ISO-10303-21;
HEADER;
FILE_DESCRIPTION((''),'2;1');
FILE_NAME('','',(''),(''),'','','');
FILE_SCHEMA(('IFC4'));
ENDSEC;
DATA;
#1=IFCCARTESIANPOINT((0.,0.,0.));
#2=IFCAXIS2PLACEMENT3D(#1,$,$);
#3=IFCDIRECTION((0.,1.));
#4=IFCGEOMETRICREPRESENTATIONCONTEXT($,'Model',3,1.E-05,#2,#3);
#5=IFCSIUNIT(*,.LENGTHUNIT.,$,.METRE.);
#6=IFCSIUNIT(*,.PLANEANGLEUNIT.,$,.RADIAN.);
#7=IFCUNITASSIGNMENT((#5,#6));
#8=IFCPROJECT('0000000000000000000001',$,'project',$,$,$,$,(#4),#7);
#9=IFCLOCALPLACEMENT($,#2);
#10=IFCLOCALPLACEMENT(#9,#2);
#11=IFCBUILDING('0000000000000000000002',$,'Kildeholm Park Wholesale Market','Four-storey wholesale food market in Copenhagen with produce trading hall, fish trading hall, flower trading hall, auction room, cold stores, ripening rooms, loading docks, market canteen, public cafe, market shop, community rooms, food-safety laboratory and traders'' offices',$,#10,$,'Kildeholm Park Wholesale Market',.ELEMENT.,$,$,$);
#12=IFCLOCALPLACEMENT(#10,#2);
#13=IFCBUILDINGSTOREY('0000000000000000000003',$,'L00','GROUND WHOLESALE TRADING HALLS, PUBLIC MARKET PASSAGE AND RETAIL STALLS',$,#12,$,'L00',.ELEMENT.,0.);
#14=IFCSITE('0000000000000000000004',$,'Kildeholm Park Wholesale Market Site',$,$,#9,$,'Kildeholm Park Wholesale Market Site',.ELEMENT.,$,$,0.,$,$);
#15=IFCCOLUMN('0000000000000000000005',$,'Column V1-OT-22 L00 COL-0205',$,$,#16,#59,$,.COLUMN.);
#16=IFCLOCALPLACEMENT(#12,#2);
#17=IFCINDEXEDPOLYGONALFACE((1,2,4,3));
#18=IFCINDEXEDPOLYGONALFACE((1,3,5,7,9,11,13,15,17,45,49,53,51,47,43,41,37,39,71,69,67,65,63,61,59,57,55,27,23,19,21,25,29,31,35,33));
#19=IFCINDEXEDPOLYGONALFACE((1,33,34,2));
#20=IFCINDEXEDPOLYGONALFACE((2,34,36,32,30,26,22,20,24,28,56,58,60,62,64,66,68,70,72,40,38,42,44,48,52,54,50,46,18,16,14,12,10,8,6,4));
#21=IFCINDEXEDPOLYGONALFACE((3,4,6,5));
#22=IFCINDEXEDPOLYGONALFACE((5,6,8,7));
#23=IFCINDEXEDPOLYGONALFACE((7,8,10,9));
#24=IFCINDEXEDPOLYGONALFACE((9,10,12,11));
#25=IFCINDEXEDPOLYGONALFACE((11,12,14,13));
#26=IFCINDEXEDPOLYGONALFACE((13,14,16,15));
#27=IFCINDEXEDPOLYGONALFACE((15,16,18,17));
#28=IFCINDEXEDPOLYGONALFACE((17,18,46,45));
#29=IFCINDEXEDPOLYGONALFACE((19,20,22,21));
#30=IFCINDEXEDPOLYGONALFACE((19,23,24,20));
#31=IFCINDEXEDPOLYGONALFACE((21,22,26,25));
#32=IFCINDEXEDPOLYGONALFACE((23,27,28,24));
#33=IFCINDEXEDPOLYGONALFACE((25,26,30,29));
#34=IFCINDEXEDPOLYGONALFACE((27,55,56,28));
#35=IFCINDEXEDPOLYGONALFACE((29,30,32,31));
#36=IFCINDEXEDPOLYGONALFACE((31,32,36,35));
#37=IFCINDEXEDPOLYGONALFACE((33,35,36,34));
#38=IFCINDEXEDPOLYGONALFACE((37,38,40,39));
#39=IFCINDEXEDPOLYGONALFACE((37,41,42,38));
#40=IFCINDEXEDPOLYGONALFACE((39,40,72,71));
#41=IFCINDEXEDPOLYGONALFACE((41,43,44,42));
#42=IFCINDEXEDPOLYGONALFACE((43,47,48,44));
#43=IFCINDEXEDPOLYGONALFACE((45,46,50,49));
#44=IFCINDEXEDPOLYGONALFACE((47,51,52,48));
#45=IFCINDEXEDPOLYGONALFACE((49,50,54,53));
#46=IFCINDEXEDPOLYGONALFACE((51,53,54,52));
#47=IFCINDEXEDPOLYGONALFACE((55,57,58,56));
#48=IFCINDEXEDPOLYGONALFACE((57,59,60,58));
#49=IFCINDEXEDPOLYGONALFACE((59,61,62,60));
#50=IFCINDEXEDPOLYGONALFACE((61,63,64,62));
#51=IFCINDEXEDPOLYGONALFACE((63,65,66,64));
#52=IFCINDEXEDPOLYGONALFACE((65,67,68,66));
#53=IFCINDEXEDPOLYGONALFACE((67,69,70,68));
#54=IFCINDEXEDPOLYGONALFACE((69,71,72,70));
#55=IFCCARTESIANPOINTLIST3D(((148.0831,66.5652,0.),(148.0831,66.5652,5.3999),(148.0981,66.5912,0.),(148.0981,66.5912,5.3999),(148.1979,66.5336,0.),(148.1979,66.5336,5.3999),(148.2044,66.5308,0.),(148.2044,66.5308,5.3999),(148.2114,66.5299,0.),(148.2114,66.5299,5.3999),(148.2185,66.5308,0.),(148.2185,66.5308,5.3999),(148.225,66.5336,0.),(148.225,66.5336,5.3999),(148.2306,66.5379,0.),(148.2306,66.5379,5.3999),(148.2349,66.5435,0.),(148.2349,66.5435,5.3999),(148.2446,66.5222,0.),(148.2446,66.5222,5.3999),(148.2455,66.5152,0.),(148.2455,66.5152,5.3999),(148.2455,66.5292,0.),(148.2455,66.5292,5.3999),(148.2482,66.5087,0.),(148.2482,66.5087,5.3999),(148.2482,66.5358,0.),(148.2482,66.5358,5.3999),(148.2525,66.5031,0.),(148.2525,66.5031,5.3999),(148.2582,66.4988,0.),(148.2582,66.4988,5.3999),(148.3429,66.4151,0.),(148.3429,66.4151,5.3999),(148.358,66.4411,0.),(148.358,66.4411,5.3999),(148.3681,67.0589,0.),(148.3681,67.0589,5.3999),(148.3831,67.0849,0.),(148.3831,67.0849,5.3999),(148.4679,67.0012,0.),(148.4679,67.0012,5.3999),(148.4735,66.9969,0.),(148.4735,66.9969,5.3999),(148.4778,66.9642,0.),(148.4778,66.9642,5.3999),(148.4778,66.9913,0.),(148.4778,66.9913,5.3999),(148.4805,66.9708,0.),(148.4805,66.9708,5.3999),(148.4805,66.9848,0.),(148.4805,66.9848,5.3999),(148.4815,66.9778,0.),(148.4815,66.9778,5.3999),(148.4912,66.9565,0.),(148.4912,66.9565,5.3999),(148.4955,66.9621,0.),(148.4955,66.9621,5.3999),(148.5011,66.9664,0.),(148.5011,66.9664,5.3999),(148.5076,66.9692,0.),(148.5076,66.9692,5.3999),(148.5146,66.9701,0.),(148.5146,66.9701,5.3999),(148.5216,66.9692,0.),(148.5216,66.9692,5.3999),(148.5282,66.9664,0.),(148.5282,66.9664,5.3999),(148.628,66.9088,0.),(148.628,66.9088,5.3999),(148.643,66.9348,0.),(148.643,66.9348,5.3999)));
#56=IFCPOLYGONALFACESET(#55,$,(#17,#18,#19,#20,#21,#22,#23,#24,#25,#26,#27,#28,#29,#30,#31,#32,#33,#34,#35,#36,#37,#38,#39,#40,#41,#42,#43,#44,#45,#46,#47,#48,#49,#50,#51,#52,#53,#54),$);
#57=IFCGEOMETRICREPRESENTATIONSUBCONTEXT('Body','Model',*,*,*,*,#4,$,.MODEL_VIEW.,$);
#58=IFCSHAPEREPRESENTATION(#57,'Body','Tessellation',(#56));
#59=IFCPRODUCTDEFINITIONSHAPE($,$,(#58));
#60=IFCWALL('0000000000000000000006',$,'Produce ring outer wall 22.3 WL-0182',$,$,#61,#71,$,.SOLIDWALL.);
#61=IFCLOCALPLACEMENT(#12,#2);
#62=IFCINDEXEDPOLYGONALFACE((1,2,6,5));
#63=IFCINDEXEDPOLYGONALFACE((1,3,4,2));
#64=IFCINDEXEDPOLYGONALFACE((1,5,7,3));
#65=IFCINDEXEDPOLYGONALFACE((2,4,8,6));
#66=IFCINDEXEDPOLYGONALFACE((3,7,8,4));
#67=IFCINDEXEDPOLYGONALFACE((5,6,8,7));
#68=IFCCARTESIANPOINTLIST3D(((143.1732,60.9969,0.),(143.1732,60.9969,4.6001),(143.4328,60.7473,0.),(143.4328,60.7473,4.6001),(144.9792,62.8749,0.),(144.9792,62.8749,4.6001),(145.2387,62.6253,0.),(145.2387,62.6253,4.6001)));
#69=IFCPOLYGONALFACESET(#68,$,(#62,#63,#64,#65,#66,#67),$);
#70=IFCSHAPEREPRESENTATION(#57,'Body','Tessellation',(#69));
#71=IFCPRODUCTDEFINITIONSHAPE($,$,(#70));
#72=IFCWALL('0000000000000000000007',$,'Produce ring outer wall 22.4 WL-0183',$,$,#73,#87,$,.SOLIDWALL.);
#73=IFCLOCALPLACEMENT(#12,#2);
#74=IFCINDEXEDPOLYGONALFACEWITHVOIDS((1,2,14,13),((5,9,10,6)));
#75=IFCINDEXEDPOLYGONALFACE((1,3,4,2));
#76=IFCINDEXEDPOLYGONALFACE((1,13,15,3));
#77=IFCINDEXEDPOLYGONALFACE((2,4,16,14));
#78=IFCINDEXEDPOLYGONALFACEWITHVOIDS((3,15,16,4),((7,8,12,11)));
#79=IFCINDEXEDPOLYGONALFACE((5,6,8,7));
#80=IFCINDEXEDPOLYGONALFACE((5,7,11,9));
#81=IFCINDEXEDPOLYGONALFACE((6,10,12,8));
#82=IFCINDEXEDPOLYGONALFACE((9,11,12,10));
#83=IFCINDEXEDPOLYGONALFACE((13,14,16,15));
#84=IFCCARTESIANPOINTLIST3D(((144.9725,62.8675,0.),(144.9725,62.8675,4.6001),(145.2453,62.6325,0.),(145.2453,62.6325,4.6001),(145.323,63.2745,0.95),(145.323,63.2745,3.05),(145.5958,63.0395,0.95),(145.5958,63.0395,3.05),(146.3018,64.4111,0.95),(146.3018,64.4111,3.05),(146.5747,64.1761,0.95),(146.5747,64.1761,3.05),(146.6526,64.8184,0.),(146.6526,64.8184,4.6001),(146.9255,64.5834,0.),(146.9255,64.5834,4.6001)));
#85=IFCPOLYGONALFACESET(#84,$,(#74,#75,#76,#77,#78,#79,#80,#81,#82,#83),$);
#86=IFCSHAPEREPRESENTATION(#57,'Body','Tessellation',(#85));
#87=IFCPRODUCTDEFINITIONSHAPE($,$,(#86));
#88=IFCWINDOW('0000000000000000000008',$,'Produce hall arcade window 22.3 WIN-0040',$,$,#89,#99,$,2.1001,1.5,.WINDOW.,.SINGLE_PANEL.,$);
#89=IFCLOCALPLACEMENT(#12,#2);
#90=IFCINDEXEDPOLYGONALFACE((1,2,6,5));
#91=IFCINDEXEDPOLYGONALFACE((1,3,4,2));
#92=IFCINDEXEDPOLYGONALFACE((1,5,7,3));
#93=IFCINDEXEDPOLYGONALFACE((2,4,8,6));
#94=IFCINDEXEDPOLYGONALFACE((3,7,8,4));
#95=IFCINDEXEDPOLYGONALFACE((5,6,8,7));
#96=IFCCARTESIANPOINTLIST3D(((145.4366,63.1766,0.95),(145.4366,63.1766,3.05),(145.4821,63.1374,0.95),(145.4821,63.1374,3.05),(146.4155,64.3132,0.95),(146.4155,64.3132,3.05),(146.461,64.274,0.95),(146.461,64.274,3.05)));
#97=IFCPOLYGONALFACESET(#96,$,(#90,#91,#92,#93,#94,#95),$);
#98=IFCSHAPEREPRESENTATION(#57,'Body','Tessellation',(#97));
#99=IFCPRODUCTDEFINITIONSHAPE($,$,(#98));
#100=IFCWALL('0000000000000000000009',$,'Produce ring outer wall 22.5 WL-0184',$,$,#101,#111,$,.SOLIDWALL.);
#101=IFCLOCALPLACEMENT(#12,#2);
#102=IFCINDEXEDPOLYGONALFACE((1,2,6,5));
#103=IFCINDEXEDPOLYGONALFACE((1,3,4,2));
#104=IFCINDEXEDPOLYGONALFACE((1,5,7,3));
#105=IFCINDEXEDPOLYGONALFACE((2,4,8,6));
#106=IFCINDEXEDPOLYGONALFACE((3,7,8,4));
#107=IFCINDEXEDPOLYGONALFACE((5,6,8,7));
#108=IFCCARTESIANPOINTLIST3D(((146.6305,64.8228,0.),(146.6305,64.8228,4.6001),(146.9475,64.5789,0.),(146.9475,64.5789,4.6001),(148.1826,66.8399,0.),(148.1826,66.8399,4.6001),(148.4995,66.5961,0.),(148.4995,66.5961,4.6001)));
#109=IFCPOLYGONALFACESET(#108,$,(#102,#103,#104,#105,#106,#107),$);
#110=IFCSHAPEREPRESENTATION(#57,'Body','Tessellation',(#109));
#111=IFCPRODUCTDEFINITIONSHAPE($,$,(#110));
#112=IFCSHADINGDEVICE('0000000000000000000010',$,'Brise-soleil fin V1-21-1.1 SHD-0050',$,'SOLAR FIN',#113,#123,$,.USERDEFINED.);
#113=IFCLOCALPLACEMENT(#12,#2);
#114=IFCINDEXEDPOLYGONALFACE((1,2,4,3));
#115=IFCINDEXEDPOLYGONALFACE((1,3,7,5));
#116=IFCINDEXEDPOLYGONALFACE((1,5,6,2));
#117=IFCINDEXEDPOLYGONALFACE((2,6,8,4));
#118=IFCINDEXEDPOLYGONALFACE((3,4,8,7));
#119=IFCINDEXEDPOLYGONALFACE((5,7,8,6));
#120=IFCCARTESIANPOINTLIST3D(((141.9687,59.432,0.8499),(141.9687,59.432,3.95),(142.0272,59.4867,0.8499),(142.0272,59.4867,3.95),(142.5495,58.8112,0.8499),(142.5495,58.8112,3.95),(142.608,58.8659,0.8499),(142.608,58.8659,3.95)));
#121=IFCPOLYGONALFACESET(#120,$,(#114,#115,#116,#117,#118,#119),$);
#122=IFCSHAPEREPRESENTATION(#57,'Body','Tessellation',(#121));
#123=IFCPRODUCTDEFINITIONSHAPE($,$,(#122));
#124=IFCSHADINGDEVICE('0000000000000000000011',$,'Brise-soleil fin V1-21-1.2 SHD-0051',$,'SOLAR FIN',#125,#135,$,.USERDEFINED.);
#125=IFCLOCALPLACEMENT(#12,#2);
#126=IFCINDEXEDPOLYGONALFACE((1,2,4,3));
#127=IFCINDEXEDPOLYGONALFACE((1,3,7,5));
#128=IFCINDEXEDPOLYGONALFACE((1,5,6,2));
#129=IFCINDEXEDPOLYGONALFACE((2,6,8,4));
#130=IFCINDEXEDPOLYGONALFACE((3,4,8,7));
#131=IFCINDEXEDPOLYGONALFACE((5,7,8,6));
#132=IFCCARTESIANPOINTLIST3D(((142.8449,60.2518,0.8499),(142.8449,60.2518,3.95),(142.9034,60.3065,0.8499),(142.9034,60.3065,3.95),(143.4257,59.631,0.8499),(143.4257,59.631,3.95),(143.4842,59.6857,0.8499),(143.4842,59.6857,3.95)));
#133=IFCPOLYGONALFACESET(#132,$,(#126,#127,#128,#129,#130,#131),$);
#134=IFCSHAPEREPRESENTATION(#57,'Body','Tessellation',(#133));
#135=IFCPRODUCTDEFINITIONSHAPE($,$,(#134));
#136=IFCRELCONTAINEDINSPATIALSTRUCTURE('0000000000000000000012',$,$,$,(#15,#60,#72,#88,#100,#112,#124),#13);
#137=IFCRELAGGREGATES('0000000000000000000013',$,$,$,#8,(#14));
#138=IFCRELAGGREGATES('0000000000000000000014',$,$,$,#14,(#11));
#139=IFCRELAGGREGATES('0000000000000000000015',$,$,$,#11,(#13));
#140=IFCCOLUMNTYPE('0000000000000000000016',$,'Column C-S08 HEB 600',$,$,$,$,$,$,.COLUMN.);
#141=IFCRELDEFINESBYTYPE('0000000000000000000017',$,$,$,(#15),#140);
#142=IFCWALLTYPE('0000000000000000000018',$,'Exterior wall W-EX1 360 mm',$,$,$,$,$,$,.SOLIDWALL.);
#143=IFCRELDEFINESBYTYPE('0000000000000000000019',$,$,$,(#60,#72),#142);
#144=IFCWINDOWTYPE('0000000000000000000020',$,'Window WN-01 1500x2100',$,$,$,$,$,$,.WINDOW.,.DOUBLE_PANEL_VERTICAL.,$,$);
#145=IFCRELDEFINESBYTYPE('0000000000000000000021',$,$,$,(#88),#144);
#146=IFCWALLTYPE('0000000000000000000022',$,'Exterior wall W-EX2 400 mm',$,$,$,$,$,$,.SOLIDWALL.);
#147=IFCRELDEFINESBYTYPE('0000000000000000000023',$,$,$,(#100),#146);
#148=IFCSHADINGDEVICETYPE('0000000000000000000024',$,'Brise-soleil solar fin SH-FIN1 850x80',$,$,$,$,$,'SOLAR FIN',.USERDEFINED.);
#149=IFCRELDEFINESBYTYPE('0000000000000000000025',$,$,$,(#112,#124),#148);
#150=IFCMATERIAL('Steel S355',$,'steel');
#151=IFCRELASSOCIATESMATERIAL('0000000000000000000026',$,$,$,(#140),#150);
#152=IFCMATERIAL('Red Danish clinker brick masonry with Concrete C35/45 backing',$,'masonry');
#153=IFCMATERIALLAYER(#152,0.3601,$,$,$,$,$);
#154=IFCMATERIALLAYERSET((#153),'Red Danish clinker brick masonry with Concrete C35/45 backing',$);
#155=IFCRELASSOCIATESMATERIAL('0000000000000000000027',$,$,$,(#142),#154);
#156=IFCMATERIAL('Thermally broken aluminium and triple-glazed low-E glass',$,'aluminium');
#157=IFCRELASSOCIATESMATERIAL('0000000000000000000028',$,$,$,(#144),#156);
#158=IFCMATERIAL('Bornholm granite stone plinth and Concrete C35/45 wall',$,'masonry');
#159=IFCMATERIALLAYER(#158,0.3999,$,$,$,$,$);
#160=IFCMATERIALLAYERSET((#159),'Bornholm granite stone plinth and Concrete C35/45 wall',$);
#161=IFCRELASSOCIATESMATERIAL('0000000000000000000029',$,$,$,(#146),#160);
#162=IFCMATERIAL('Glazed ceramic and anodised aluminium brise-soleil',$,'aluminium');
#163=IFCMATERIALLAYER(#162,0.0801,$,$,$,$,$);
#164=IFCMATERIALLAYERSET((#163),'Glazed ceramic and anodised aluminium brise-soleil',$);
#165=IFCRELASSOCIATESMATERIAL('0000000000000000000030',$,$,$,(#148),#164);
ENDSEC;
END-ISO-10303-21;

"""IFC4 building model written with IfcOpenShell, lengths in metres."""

from ifc_helpers import new_model, si_unit, direction, frame, frame_2d, origin, origin_2d, place, context, subcontext, project, spatial, rectangle, i_section, extrude, material, layer, layer_set, material_profile, profile_set, type_object, element, fill, save


model = new_model("IFC4")

# Units and contexts
model_context = context("Model", 3, precision=1e-05, world=origin(), true_north=direction((0.0, 1.0)))
body_context = subcontext(model_context, "Body", "Model", "MODEL_VIEW")
ifc_project = project(units=[si_unit("LENGTHUNIT", "METRE"), si_unit("PLANEANGLEUNIT", "RADIAN")], contexts=[model_context])

# Site, building, storey
site_placement = place(None, origin())
site = spatial("IfcSite", under=ifc_project, at=site_placement, Name="Kildeholm Park Wholesale Market Site", LongName="Kildeholm Park Wholesale Market Site", CompositionType="ELEMENT", RefElevation=0.0)
building_placement = place(site_placement, origin())
building = spatial("IfcBuilding", under=site, at=building_placement, Name="Kildeholm Park Wholesale Market", Description="Four-storey wholesale food market in Copenhagen with produce trading hall, fish trading hall, flower trading hall, auction room, cold stores, ripening rooms, loading docks, market canteen, public cafe, market shop, community rooms, food-safety laboratory and traders' offices", LongName="Kildeholm Park Wholesale Market", CompositionType="ELEMENT")
storey_placement = place(building_placement, origin())
storey = spatial("IfcBuildingStorey", under=building, at=storey_placement, Name="L00", Description="GROUND WHOLESALE TRADING HALLS, PUBLIC MARKET PASSAGE AND RETAIL STALLS", LongName="L00", CompositionType="ELEMENT", Elevation=0.0)

# Column
ifc_material_1 = material(Name="Steel S355", Category="steel")
ifc_material_profile_1 = material_profile(ifc_material_1, i_section(OverallWidth=0.3, OverallDepth=0.6001, WebThickness=0.0154, FlangeThickness=0.03, FilletRadius=0.0271, at=origin_2d()), Name="HEB 600")
ifc_profile_set_1 = profile_set([ifc_material_profile_1], Name="Steel S355")
column_type = type_object("IfcColumnType", Name="Column C-S08 HEB 600", PredefinedType="COLUMN", material=ifc_profile_set_1)
for number, where, z_axis, x_axis, name in (
    (1, (148.363, 66.75, 0.0), (0.0, 0.0, 1.0), (0.866025, -0.5, 0.0), "Column V1-OT-22 L00 COL-0205"),
):
    element("IfcColumn", number, at=place(storey_placement, frame(where, z_axis=z_axis, x_axis=x_axis)), inside=storey, type_object=column_type, Name=name, PredefinedType="COLUMN", context=body_context, shape_type="SweptSolid", body=[
        extrude(i_section(OverallWidth=0.3, OverallDepth=0.6001, WebThickness=0.0154, FlangeThickness=0.03, FilletRadius=0.0271, at=origin_2d()), origin(), (0.0, 0.0, 1.0), 5.3999),
    ])

# Wall
ifc_material_2 = material(Name="Red Danish clinker brick masonry with Concrete C35/45 backing", Category="masonry")
ifc_layer_1 = layer(ifc_material_2, 0.3601)
ifc_layer_set_1 = layer_set([ifc_layer_1], Name="Red Danish clinker brick masonry with Concrete C35/45 backing")
wall_type_1 = type_object("IfcWallType", Name="Exterior wall W-EX1 360 mm", PredefinedType="SOLIDWALL", material=ifc_layer_set_1)
wall_1_placement = place(storey_placement, frame((143.303, 60.8721, 0.0), z_axis=(0.0, 0.0, 1.0), x_axis=(0.69315, 0.720793, 0.0)))
element("IfcWall", 2, at=wall_1_placement, inside=storey, type_object=wall_type_1, Name="Produce ring outer wall 22.3 WL-0182", PredefinedType="SOLIDWALL", context=body_context, shape_type="SweptSolid", body=[
    extrude(rectangle(XDim=2.6055, YDim=0.3601, at=frame_2d((1.3027, 0.0))), origin(), (0.0, 0.0, 1.0), 4.6001),
])

# Wall, opening, window
wall_2_placement = place(storey_placement, frame((145.1089, 62.75, 0.0), z_axis=(0.0, 0.0, 1.0), x_axis=(0.65257, 0.757728, 0.0)))
wall_2 = element("IfcWall", 3, at=wall_2_placement, inside=storey, type_object=wall_type_1, Name="Produce ring outer wall 22.4 WL-0183", PredefinedType="SOLIDWALL", context=body_context, shape_type="SweptSolid", body=[
    extrude(rectangle(XDim=2.5747, YDim=0.3601, at=frame_2d((1.2874, 0.0))), origin(), (0.0, 0.0, 1.0), 4.6001),
])
opening_placement = place(wall_2_placement, frame((0.5371, 0.0, 0.95)))
opening = element("IfcOpeningElement", 4, at=opening_placement, cuts=wall_2, PredefinedType="OPENING", context=body_context, shape_type="SweptSolid", body=[
    extrude(rectangle(XDim=1.5, YDim=2.1001, at=frame_2d((0.75, 1.05))), frame((0.0, 0.1899, 0.0), z_axis=(0.0, -1.0, 0.0), x_axis=(1.0, 0.0, 0.0)), (0.0, 0.0, 1.0), 0.3801),
])
ifc_material_3 = material(Name="Thermally broken aluminium and triple-glazed low-E glass", Category="aluminium")
window_type = type_object("IfcWindowType", Name="Window WN-01 1500x2100", PartitioningType="DOUBLE_PANEL_VERTICAL", PredefinedType="WINDOW", material=ifc_material_3)
window_placement = place(opening_placement, origin())
window = element("IfcWindow", 5, at=window_placement, inside=storey, type_object=window_type, Name="Produce hall arcade window 22.3 WIN-0040", OverallHeight=2.1001, OverallWidth=1.5, PartitioningType="SINGLE_PANEL", PredefinedType="WINDOW", context=body_context, shape_type="SweptSolid", body=[
    extrude(rectangle(XDim=1.5, YDim=2.1001, at=frame_2d((0.75, 1.05))), frame((0.0, 0.03, 0.0), z_axis=(0.0, -1.0, 0.0), x_axis=(1.0, 0.0, 0.0)), (0.0, 0.0, 1.0), 0.0601),
])
fill(opening, window)

# Wall
ifc_material_4 = material(Name="Bornholm granite stone plinth and Concrete C35/45 wall", Category="masonry")
ifc_layer_2 = layer(ifc_material_4, 0.3999)
ifc_layer_set_2 = layer_set([ifc_layer_2], Name="Bornholm granite stone plinth and Concrete C35/45 wall")
wall_type_2 = type_object("IfcWallType", Name="Exterior wall W-EX2 400 mm", PredefinedType="SOLIDWALL", material=ifc_layer_set_2)
wall_3_placement = place(storey_placement, frame((146.7891, 64.7009, 0.0), z_axis=(0.0, 0.0, 1.0), x_axis=(0.609808, 0.792549, 0.0)))
element("IfcWall", 6, at=wall_3_placement, inside=storey, type_object=wall_type_2, Name="Produce ring outer wall 22.5 WL-0184", PredefinedType="SOLIDWALL", context=body_context, shape_type="SweptSolid", body=[
    extrude(rectangle(XDim=2.5452, YDim=0.3999, at=frame_2d((1.2725, 0.0))), origin(), (0.0, 0.0, 1.0), 4.6001),
])

# Shading devices
ifc_material_5 = material(Name="Glazed ceramic and anodised aluminium brise-soleil", Category="aluminium")
ifc_layer_3 = layer(ifc_material_5, 0.0801)
ifc_layer_set_3 = layer_set([ifc_layer_3], Name="Glazed ceramic and anodised aluminium brise-soleil")
shading_device_type = type_object("IfcShadingDeviceType", Name="Brise-soleil solar fin SH-FIN1 850x80", ElementType="SOLAR FIN", PredefinedType="USERDEFINED", material=ifc_layer_set_3)
for number, where, z_axis, x_axis, name in (
    (7, (142.2883, 59.1489, 0.8499), (0.0, 0.0, 1.0), (0.683197, -0.730234, 0.0), "Brise-soleil fin V1-21-1.1 SHD-0050"),
    (8, (143.1646, 59.9688, 0.8499), (0.0, 0.0, 1.0), (0.683197, -0.730234, 0.0), "Brise-soleil fin V1-21-1.2 SHD-0051"),
):
    element("IfcShadingDevice", number, at=place(storey_placement, frame(where, z_axis=z_axis, x_axis=x_axis)), inside=storey, type_object=shading_device_type, Name=name, ObjectType="SOLAR FIN", PredefinedType="USERDEFINED", context=body_context, shape_type="SweptSolid", body=[
        extrude(rectangle(XDim=0.8501, YDim=0.0801, at=origin_2d()), origin(), (0.0, 0.0, 1.0), 3.1001),
    ])

save(model, "model.ifc")
